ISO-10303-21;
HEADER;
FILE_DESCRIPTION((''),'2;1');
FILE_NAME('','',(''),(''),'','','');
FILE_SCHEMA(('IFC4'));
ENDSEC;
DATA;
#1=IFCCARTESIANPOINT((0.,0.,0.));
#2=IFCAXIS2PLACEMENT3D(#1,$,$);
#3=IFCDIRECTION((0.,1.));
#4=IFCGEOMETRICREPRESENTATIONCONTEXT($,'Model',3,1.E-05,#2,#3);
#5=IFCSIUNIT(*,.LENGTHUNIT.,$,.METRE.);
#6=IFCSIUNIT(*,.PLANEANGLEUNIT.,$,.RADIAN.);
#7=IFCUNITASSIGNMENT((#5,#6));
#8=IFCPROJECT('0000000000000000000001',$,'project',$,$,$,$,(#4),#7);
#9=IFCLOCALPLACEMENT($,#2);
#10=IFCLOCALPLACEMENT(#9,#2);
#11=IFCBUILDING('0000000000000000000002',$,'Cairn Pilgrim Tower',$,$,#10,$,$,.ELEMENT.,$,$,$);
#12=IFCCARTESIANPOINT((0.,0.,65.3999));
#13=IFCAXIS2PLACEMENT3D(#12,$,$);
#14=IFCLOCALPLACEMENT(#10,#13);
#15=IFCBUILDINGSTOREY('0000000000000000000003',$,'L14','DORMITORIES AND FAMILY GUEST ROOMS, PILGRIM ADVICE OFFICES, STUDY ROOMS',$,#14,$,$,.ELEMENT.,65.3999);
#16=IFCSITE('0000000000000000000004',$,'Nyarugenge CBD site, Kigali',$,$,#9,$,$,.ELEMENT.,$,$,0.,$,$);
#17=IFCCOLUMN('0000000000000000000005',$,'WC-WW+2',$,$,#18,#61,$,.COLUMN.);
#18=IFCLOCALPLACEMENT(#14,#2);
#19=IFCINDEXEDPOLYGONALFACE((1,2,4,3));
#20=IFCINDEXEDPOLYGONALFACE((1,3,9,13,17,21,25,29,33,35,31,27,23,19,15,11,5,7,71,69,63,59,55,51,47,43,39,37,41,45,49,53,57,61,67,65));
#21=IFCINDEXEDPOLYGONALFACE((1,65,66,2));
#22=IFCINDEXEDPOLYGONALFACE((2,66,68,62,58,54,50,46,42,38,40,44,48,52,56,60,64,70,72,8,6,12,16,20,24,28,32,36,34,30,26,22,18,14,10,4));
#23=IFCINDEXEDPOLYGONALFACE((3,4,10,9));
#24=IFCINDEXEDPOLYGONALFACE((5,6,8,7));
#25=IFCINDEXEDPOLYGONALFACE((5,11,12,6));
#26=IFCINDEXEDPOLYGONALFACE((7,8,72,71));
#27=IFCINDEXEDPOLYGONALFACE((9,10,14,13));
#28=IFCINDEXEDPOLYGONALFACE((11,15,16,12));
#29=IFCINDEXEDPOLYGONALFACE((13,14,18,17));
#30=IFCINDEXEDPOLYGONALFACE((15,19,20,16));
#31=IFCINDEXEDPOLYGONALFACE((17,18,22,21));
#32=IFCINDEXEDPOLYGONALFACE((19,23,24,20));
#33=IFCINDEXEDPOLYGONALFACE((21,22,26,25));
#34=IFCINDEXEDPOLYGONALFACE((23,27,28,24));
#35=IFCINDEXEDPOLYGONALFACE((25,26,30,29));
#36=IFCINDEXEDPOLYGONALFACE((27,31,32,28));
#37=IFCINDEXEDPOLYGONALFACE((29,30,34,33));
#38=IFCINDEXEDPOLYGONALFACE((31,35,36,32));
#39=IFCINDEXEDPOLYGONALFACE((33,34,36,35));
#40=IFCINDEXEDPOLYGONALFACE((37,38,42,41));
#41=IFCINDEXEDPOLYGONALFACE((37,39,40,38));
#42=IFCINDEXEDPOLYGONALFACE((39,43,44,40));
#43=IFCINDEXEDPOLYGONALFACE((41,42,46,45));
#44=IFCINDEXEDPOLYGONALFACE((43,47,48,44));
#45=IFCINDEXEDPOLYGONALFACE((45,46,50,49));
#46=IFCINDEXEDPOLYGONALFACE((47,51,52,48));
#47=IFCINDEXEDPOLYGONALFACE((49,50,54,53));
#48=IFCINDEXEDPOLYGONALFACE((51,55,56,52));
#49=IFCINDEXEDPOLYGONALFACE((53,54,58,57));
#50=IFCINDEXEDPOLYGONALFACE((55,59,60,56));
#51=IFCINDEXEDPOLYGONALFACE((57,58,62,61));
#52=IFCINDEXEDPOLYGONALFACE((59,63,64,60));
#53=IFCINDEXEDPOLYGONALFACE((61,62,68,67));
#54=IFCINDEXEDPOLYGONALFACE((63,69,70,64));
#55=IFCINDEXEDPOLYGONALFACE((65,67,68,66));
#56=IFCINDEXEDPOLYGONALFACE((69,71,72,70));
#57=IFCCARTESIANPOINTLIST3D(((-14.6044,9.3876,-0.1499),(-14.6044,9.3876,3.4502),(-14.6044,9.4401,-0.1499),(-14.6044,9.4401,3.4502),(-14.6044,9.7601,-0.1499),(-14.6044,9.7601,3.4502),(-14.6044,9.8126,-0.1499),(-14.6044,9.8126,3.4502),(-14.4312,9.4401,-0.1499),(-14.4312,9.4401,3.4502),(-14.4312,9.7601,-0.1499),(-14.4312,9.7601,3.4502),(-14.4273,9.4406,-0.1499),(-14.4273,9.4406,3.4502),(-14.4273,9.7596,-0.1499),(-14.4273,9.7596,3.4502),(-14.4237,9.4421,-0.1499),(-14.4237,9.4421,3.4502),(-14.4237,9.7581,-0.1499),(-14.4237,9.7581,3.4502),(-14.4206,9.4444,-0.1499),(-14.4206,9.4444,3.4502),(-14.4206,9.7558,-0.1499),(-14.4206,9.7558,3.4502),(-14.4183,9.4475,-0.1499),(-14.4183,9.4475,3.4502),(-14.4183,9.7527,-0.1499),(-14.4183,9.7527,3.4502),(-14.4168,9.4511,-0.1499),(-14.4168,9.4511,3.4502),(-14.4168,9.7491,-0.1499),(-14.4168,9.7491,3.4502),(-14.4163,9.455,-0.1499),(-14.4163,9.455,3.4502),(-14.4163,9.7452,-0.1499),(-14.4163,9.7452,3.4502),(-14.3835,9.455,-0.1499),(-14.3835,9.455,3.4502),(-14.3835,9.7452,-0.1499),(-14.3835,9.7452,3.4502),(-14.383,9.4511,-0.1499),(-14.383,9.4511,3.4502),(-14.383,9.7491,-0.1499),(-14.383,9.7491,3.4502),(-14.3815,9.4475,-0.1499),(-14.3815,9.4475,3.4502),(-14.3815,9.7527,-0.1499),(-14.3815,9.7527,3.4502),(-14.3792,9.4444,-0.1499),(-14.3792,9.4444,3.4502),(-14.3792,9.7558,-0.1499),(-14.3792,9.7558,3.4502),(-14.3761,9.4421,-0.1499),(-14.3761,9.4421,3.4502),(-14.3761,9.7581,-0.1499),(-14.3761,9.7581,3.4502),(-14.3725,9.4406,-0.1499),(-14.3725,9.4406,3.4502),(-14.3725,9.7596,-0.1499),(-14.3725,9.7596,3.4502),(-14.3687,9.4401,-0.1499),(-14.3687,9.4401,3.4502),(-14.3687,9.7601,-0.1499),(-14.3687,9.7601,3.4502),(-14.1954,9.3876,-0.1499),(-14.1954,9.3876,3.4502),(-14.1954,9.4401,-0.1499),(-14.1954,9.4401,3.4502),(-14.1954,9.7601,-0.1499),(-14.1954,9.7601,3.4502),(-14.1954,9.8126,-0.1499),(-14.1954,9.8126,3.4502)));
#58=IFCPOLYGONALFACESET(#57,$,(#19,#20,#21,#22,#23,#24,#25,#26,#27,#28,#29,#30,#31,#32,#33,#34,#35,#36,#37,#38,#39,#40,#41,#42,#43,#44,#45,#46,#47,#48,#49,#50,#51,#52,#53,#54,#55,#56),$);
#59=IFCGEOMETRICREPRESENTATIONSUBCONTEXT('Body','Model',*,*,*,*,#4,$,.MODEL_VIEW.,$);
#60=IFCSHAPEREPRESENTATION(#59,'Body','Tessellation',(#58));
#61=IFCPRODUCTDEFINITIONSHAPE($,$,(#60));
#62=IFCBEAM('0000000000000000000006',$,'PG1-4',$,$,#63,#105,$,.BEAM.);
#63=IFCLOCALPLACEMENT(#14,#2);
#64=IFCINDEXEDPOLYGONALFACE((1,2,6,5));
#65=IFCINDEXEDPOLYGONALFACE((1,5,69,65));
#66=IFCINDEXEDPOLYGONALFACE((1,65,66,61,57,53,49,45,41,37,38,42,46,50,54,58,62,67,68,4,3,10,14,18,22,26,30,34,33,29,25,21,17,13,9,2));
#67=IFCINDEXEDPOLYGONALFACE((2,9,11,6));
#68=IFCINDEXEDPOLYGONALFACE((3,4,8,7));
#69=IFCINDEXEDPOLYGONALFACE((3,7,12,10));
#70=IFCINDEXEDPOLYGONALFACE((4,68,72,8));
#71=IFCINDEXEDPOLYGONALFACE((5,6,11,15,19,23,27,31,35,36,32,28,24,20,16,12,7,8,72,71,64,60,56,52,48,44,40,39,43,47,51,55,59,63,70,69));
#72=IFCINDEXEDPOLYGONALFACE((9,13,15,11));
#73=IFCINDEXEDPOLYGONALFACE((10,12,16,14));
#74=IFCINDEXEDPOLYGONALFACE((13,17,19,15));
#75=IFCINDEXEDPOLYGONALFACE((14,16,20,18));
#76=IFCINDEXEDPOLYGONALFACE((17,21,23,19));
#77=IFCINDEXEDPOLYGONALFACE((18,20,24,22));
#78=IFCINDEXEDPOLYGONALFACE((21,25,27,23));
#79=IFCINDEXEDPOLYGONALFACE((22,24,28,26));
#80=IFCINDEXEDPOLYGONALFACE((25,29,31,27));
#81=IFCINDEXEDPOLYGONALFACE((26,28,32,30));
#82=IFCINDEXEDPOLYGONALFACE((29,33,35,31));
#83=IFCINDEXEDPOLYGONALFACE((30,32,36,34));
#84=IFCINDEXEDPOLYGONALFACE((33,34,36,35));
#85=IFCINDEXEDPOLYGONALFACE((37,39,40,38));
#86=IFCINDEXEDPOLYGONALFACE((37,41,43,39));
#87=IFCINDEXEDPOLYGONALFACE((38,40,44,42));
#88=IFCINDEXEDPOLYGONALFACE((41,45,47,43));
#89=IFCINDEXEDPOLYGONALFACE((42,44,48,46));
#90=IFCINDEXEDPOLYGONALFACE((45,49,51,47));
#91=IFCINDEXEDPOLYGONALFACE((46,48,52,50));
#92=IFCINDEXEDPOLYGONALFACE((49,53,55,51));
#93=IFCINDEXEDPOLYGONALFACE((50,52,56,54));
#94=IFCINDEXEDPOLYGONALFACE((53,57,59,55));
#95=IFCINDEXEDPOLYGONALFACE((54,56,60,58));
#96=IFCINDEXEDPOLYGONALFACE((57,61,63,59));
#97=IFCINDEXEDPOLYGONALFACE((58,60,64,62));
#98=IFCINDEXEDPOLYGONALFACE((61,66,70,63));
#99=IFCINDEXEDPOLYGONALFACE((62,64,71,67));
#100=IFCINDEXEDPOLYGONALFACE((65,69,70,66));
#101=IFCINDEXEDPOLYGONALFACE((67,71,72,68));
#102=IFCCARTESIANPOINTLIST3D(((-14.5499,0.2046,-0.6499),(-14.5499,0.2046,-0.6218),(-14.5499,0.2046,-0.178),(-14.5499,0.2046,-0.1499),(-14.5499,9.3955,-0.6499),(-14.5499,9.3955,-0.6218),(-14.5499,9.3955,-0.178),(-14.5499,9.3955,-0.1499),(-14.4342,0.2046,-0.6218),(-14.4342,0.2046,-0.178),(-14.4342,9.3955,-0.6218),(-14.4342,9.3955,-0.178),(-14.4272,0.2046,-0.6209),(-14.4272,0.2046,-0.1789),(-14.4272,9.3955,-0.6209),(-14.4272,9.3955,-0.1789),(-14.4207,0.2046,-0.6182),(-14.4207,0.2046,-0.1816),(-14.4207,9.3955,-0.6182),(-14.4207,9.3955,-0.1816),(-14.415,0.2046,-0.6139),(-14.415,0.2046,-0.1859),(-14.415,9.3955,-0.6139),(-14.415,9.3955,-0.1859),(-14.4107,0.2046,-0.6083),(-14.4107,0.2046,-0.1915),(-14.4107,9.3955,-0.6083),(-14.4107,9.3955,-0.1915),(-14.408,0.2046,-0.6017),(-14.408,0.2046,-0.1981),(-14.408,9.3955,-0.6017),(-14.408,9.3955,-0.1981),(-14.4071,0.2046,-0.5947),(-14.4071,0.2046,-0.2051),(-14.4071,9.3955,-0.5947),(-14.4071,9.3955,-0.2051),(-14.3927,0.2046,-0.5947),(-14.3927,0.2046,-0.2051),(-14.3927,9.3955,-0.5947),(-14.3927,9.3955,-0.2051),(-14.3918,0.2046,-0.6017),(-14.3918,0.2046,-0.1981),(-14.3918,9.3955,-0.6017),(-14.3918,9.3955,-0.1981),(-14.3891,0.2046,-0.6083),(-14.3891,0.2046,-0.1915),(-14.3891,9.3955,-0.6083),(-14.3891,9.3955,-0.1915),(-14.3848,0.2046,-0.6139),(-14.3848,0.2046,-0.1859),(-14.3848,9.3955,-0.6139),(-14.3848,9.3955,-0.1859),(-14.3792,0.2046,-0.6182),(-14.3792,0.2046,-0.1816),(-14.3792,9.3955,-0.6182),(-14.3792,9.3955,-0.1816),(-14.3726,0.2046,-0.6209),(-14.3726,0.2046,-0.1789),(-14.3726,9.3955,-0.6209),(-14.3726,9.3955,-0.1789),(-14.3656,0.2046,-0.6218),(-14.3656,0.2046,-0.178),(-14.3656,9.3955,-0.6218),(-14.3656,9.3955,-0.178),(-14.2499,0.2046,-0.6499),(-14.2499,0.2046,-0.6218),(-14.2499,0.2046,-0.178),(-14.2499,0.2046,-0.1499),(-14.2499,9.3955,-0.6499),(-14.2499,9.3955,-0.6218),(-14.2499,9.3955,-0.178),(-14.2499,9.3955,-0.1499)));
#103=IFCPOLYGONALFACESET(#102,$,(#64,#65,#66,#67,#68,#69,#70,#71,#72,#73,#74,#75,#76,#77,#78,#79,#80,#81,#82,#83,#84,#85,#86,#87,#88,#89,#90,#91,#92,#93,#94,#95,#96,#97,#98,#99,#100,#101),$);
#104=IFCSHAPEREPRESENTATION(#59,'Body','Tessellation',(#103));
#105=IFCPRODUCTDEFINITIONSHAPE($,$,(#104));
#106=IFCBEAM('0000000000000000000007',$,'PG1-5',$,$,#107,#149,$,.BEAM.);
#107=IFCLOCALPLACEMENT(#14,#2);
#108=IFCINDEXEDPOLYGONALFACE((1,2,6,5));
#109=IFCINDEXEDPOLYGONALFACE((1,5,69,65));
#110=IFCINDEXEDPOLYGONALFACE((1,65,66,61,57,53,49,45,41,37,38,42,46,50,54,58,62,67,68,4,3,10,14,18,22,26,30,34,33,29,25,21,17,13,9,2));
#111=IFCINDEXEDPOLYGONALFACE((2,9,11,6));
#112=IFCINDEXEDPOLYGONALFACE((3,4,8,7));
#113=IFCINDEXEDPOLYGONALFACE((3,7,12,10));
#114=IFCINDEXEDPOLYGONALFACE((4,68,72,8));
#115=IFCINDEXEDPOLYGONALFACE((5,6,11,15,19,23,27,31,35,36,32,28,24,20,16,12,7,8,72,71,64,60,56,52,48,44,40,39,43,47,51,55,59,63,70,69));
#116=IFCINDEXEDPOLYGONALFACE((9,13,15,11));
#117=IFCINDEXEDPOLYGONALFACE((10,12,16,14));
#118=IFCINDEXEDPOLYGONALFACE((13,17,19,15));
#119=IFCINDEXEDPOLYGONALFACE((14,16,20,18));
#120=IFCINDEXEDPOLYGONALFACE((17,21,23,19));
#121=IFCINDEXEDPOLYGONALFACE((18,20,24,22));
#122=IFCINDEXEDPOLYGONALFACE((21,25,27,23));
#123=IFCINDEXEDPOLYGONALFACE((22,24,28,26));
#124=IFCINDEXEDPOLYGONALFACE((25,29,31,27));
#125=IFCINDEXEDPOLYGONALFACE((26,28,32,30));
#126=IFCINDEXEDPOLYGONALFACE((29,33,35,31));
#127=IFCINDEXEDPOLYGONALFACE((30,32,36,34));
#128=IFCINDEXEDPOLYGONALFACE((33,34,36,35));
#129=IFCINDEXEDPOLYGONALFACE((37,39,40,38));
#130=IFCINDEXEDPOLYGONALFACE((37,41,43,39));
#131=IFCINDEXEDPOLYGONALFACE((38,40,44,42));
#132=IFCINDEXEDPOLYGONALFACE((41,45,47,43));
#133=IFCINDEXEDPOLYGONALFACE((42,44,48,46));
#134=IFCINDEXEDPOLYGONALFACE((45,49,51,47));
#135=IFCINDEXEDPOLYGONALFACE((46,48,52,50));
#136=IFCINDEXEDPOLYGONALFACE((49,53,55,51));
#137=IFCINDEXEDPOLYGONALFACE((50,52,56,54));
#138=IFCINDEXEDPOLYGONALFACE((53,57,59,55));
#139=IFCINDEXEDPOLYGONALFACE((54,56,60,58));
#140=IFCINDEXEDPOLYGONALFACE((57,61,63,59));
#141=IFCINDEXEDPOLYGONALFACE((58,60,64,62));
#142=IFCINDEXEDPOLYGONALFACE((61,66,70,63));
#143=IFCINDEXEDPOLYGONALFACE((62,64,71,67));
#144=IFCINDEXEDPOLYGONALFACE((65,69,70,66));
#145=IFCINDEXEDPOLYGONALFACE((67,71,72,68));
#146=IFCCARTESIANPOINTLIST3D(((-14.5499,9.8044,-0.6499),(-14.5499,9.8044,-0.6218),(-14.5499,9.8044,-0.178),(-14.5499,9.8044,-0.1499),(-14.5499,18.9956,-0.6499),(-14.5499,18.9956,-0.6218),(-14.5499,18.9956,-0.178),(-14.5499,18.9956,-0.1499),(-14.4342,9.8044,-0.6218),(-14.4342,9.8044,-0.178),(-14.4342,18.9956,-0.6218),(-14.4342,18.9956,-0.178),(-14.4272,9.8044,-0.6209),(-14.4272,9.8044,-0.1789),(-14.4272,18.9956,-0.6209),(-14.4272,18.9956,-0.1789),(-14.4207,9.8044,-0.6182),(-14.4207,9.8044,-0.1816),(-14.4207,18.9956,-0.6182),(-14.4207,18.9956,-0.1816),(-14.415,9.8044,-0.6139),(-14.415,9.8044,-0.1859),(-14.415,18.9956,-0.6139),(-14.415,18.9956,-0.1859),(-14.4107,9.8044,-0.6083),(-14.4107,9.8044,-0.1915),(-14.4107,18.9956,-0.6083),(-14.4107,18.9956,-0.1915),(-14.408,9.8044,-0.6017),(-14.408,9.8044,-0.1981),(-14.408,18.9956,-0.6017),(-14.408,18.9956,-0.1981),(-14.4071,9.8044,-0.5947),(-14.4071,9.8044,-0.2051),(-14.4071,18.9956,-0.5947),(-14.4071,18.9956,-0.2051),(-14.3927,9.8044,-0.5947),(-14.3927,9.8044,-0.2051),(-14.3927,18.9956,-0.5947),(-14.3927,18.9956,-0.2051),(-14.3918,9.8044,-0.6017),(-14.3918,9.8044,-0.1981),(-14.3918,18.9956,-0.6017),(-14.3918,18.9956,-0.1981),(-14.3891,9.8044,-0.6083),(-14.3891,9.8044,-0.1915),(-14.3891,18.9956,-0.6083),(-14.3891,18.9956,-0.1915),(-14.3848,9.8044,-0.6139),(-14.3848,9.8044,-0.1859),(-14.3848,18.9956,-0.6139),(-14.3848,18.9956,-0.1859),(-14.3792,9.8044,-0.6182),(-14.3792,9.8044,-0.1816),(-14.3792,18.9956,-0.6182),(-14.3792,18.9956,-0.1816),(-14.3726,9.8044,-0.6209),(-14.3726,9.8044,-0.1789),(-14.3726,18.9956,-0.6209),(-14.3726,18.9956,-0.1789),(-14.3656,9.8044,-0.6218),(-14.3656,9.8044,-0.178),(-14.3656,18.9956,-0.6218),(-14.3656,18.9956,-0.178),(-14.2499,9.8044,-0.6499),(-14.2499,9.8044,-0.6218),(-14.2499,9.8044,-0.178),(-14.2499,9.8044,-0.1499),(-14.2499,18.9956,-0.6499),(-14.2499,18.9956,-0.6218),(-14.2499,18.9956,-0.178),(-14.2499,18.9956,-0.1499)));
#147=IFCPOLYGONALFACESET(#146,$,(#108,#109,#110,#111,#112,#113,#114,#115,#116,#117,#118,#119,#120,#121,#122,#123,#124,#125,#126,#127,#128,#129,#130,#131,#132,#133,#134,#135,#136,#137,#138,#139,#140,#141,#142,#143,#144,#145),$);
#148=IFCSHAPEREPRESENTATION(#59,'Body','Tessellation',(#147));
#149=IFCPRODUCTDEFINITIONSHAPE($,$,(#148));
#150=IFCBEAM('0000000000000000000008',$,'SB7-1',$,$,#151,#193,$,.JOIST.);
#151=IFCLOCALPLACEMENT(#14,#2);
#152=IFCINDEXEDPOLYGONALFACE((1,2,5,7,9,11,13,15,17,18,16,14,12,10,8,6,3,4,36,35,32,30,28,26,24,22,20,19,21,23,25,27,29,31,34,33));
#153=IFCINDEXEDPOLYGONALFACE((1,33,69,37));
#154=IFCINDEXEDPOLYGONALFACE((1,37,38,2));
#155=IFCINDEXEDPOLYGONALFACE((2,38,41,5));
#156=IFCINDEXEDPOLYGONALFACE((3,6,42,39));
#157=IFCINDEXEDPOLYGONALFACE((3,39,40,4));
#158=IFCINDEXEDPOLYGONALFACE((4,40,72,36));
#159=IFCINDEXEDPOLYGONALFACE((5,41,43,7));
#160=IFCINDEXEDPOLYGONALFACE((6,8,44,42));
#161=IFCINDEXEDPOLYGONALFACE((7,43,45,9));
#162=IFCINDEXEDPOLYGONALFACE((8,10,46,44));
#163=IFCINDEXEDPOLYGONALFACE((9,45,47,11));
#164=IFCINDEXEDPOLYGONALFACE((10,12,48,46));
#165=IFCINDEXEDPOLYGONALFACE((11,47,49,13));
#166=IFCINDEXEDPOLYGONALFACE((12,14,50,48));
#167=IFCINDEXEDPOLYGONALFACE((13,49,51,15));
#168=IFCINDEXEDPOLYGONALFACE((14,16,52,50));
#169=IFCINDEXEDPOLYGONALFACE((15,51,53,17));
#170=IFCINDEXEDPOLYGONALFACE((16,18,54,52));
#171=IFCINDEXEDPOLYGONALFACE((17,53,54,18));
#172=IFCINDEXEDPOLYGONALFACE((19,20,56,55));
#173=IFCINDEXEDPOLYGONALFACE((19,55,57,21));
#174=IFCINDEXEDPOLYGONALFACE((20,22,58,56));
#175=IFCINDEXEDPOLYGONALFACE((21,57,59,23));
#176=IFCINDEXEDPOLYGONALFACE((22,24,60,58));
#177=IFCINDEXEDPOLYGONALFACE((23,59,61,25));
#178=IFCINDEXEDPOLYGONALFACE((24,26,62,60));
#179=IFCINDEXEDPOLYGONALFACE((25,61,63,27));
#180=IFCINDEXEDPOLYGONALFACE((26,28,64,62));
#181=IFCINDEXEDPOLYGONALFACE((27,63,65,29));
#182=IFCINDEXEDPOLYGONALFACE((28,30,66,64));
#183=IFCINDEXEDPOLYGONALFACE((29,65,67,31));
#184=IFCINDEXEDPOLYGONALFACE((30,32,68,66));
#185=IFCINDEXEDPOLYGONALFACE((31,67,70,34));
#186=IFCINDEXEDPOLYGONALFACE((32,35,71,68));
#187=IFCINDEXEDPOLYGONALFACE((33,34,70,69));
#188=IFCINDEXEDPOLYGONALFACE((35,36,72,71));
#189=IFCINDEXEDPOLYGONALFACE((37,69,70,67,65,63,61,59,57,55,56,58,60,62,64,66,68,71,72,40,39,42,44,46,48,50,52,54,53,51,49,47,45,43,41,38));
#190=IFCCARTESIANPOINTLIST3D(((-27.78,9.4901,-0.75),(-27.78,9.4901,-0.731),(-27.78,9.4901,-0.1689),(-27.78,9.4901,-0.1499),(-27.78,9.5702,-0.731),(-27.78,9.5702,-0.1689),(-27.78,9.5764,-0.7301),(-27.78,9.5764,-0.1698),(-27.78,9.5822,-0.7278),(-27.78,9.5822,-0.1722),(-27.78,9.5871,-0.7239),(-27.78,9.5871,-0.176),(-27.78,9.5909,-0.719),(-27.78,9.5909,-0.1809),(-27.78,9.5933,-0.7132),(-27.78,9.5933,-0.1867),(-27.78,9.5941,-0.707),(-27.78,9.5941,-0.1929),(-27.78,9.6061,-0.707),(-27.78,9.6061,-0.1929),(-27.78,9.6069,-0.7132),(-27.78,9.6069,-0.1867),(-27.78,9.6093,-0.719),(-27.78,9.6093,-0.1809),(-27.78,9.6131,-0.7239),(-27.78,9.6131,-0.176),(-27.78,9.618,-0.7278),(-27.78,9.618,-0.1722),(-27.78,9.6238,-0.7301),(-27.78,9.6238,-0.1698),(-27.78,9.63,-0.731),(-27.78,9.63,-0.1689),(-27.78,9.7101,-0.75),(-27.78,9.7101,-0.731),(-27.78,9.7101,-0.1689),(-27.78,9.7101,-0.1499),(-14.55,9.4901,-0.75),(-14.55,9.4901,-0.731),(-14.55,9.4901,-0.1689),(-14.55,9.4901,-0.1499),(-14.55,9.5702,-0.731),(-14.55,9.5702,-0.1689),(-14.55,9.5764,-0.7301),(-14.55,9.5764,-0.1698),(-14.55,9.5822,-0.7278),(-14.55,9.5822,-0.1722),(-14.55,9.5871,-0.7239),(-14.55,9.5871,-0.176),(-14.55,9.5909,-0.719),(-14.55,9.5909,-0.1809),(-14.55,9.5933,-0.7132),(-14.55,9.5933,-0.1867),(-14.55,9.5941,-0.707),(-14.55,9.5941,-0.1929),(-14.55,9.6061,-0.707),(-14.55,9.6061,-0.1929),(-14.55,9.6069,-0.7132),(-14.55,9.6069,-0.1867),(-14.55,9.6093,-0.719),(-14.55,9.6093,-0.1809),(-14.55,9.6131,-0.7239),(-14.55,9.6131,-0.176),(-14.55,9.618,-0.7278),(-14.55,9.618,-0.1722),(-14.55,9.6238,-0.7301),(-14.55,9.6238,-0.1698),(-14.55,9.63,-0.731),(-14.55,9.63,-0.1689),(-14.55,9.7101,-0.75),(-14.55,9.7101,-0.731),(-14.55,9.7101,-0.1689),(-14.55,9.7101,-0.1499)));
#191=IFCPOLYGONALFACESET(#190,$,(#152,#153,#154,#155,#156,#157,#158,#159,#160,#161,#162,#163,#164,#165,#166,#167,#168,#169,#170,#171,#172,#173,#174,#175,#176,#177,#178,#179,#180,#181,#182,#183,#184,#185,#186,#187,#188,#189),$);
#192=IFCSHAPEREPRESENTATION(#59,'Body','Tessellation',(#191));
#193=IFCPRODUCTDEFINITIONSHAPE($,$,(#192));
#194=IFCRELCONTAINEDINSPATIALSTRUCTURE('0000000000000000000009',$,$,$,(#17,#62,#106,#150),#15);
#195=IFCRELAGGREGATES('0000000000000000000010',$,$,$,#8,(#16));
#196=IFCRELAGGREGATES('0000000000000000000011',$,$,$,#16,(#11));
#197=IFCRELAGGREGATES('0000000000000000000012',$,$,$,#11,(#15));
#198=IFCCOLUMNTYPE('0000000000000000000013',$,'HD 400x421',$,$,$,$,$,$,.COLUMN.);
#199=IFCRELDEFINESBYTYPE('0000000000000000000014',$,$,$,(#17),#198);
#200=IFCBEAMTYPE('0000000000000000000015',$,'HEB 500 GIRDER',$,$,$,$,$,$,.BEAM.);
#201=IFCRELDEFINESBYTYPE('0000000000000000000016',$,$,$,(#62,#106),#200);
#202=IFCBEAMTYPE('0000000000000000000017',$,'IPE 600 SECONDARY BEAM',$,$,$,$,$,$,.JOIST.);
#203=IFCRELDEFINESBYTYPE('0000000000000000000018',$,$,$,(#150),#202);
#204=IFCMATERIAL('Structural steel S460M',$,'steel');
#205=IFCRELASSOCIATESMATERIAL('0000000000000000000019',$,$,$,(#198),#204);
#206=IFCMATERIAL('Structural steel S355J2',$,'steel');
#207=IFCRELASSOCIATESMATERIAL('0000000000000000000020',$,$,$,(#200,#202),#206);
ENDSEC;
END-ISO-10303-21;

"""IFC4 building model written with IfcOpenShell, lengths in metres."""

from ifc_helpers import new_model, si_unit, direction, frame, origin, origin_2d, place, context, subcontext, project, spatial, i_section, extrude, material, material_profile, profile_set, type_object, element, save


model = new_model("IFC4")

# Units and contexts
model_context = context("Model", 3, precision=1e-05, world=origin(), true_north=direction((0.0, 1.0)))
body_context = subcontext(model_context, "Body", "Model", "MODEL_VIEW")
ifc_project = project(units=[si_unit("LENGTHUNIT", "METRE"), si_unit("PLANEANGLEUNIT", "RADIAN")], contexts=[model_context])

# Site, building, storey
site_placement = place(None, origin())
site = spatial("IfcSite", under=ifc_project, at=site_placement, Name="Nyarugenge CBD site, Kigali", CompositionType="ELEMENT", RefElevation=0.0)
building_placement = place(site_placement, origin())
building = spatial("IfcBuilding", under=site, at=building_placement, Name="Cairn Pilgrim Tower", CompositionType="ELEMENT")
storey_placement = place(building_placement, frame((0.0, 0.0, 65.3999)))
storey = spatial("IfcBuildingStorey", under=building, at=storey_placement, Name="L14", Description="DORMITORIES AND FAMILY GUEST ROOMS, PILGRIM ADVICE OFFICES, STUDY ROOMS", CompositionType="ELEMENT", Elevation=65.3999)

# Column
ifc_material_1 = material(Name="Structural steel S460M", Category="steel")
ifc_material_profile_1 = material_profile(ifc_material_1, i_section(OverallWidth=0.4089, OverallDepth=0.425, WebThickness=0.0327, FlangeThickness=0.0525, FilletRadius=0.0149, at=origin_2d()), Name="HD 400x421")
ifc_profile_set_1 = profile_set([ifc_material_profile_1], Name="Structural steel S460M")
column_type = type_object("IfcColumnType", Name="HD 400x421", PredefinedType="COLUMN", material=ifc_profile_set_1)
column_placement = place(storey_placement, frame((-14.3999, 9.6001, -0.1499), z_axis=(0.0, 0.0, 1.0), x_axis=(1.0, 0.0, 0.0)))
element("IfcColumn", 1, at=column_placement, inside=storey, type_object=column_type, Name="WC-WW+2", PredefinedType="COLUMN", context=body_context, shape_type="SweptSolid", body=[
    extrude(i_section(OverallWidth=0.4089, OverallDepth=0.425, WebThickness=0.0327, FlangeThickness=0.0525, FilletRadius=0.0149, at=origin_2d()), origin(), (0.0, 0.0, 1.0), 3.6001),
])

# Beams
ifc_material_2 = material(Name="Structural steel S355J2", Category="steel")
ifc_material_profile_2 = material_profile(ifc_material_2, i_section(OverallWidth=0.3, OverallDepth=0.5, WebThickness=0.0144, FlangeThickness=0.0281, FilletRadius=0.0271, at=origin_2d()), Name="HEB 500")
ifc_profile_set_2 = profile_set([ifc_material_profile_2], Name="Structural steel S355J2")
beam_type_1 = type_object("IfcBeamType", Name="HEB 500 GIRDER", PredefinedType="BEAM", material=ifc_profile_set_2)
beam_1_placement = place(storey_placement, frame((-14.3999, 0.2046, -0.3999), z_axis=(0.0, 1.0, 0.0), x_axis=(-1.0, 0.0, 0.0)))
element("IfcBeam", 2, at=beam_1_placement, inside=storey, type_object=beam_type_1, Name="PG1-4", PredefinedType="BEAM", context=body_context, shape_type="SweptSolid", body=[
    extrude(i_section(OverallWidth=0.3, OverallDepth=0.5, WebThickness=0.0144, FlangeThickness=0.0281, FilletRadius=0.0271, at=origin_2d()), origin(), (0.0, 0.0, 1.0), 9.1909),
])
beam_2_placement = place(storey_placement, frame((-14.3999, 9.8044, -0.3999), z_axis=(0.0, 1.0, 0.0), x_axis=(-1.0, 0.0, 0.0)))
element("IfcBeam", 3, at=beam_2_placement, inside=storey, type_object=beam_type_1, Name="PG1-5", PredefinedType="BEAM", context=body_context, shape_type="SweptSolid", body=[
    extrude(i_section(OverallWidth=0.3, OverallDepth=0.5, WebThickness=0.0144, FlangeThickness=0.0281, FilletRadius=0.0271, at=origin_2d()), origin(), (0.0, 0.0, 1.0), 9.1912),
])
ifc_material_profile_3 = material_profile(ifc_material_2, i_section(OverallWidth=0.22, OverallDepth=0.6001, WebThickness=0.012, FlangeThickness=0.019, FilletRadius=0.0239, at=origin_2d()), Name="IPE 600")
ifc_profile_set_3 = profile_set([ifc_material_profile_3], Name="Structural steel S355J2")
beam_type_2 = type_object("IfcBeamType", Name="IPE 600 SECONDARY BEAM", PredefinedType="JOIST", material=ifc_profile_set_3)
beam_3_placement = place(storey_placement, frame((-27.78, 9.6001, -0.45), z_axis=(1.0, 0.0, 0.0), x_axis=(0.0, 1.0, 0.0)))
element("IfcBeam", 4, at=beam_3_placement, inside=storey, type_object=beam_type_2, Name="SB7-1", PredefinedType="JOIST", context=body_context, shape_type="SweptSolid", body=[
    extrude(i_section(OverallWidth=0.22, OverallDepth=0.6001, WebThickness=0.012, FlangeThickness=0.019, FilletRadius=0.0239, at=origin_2d()), origin(), (0.0, 0.0, 1.0), 13.23),
])

save(model, "model.ifc")
